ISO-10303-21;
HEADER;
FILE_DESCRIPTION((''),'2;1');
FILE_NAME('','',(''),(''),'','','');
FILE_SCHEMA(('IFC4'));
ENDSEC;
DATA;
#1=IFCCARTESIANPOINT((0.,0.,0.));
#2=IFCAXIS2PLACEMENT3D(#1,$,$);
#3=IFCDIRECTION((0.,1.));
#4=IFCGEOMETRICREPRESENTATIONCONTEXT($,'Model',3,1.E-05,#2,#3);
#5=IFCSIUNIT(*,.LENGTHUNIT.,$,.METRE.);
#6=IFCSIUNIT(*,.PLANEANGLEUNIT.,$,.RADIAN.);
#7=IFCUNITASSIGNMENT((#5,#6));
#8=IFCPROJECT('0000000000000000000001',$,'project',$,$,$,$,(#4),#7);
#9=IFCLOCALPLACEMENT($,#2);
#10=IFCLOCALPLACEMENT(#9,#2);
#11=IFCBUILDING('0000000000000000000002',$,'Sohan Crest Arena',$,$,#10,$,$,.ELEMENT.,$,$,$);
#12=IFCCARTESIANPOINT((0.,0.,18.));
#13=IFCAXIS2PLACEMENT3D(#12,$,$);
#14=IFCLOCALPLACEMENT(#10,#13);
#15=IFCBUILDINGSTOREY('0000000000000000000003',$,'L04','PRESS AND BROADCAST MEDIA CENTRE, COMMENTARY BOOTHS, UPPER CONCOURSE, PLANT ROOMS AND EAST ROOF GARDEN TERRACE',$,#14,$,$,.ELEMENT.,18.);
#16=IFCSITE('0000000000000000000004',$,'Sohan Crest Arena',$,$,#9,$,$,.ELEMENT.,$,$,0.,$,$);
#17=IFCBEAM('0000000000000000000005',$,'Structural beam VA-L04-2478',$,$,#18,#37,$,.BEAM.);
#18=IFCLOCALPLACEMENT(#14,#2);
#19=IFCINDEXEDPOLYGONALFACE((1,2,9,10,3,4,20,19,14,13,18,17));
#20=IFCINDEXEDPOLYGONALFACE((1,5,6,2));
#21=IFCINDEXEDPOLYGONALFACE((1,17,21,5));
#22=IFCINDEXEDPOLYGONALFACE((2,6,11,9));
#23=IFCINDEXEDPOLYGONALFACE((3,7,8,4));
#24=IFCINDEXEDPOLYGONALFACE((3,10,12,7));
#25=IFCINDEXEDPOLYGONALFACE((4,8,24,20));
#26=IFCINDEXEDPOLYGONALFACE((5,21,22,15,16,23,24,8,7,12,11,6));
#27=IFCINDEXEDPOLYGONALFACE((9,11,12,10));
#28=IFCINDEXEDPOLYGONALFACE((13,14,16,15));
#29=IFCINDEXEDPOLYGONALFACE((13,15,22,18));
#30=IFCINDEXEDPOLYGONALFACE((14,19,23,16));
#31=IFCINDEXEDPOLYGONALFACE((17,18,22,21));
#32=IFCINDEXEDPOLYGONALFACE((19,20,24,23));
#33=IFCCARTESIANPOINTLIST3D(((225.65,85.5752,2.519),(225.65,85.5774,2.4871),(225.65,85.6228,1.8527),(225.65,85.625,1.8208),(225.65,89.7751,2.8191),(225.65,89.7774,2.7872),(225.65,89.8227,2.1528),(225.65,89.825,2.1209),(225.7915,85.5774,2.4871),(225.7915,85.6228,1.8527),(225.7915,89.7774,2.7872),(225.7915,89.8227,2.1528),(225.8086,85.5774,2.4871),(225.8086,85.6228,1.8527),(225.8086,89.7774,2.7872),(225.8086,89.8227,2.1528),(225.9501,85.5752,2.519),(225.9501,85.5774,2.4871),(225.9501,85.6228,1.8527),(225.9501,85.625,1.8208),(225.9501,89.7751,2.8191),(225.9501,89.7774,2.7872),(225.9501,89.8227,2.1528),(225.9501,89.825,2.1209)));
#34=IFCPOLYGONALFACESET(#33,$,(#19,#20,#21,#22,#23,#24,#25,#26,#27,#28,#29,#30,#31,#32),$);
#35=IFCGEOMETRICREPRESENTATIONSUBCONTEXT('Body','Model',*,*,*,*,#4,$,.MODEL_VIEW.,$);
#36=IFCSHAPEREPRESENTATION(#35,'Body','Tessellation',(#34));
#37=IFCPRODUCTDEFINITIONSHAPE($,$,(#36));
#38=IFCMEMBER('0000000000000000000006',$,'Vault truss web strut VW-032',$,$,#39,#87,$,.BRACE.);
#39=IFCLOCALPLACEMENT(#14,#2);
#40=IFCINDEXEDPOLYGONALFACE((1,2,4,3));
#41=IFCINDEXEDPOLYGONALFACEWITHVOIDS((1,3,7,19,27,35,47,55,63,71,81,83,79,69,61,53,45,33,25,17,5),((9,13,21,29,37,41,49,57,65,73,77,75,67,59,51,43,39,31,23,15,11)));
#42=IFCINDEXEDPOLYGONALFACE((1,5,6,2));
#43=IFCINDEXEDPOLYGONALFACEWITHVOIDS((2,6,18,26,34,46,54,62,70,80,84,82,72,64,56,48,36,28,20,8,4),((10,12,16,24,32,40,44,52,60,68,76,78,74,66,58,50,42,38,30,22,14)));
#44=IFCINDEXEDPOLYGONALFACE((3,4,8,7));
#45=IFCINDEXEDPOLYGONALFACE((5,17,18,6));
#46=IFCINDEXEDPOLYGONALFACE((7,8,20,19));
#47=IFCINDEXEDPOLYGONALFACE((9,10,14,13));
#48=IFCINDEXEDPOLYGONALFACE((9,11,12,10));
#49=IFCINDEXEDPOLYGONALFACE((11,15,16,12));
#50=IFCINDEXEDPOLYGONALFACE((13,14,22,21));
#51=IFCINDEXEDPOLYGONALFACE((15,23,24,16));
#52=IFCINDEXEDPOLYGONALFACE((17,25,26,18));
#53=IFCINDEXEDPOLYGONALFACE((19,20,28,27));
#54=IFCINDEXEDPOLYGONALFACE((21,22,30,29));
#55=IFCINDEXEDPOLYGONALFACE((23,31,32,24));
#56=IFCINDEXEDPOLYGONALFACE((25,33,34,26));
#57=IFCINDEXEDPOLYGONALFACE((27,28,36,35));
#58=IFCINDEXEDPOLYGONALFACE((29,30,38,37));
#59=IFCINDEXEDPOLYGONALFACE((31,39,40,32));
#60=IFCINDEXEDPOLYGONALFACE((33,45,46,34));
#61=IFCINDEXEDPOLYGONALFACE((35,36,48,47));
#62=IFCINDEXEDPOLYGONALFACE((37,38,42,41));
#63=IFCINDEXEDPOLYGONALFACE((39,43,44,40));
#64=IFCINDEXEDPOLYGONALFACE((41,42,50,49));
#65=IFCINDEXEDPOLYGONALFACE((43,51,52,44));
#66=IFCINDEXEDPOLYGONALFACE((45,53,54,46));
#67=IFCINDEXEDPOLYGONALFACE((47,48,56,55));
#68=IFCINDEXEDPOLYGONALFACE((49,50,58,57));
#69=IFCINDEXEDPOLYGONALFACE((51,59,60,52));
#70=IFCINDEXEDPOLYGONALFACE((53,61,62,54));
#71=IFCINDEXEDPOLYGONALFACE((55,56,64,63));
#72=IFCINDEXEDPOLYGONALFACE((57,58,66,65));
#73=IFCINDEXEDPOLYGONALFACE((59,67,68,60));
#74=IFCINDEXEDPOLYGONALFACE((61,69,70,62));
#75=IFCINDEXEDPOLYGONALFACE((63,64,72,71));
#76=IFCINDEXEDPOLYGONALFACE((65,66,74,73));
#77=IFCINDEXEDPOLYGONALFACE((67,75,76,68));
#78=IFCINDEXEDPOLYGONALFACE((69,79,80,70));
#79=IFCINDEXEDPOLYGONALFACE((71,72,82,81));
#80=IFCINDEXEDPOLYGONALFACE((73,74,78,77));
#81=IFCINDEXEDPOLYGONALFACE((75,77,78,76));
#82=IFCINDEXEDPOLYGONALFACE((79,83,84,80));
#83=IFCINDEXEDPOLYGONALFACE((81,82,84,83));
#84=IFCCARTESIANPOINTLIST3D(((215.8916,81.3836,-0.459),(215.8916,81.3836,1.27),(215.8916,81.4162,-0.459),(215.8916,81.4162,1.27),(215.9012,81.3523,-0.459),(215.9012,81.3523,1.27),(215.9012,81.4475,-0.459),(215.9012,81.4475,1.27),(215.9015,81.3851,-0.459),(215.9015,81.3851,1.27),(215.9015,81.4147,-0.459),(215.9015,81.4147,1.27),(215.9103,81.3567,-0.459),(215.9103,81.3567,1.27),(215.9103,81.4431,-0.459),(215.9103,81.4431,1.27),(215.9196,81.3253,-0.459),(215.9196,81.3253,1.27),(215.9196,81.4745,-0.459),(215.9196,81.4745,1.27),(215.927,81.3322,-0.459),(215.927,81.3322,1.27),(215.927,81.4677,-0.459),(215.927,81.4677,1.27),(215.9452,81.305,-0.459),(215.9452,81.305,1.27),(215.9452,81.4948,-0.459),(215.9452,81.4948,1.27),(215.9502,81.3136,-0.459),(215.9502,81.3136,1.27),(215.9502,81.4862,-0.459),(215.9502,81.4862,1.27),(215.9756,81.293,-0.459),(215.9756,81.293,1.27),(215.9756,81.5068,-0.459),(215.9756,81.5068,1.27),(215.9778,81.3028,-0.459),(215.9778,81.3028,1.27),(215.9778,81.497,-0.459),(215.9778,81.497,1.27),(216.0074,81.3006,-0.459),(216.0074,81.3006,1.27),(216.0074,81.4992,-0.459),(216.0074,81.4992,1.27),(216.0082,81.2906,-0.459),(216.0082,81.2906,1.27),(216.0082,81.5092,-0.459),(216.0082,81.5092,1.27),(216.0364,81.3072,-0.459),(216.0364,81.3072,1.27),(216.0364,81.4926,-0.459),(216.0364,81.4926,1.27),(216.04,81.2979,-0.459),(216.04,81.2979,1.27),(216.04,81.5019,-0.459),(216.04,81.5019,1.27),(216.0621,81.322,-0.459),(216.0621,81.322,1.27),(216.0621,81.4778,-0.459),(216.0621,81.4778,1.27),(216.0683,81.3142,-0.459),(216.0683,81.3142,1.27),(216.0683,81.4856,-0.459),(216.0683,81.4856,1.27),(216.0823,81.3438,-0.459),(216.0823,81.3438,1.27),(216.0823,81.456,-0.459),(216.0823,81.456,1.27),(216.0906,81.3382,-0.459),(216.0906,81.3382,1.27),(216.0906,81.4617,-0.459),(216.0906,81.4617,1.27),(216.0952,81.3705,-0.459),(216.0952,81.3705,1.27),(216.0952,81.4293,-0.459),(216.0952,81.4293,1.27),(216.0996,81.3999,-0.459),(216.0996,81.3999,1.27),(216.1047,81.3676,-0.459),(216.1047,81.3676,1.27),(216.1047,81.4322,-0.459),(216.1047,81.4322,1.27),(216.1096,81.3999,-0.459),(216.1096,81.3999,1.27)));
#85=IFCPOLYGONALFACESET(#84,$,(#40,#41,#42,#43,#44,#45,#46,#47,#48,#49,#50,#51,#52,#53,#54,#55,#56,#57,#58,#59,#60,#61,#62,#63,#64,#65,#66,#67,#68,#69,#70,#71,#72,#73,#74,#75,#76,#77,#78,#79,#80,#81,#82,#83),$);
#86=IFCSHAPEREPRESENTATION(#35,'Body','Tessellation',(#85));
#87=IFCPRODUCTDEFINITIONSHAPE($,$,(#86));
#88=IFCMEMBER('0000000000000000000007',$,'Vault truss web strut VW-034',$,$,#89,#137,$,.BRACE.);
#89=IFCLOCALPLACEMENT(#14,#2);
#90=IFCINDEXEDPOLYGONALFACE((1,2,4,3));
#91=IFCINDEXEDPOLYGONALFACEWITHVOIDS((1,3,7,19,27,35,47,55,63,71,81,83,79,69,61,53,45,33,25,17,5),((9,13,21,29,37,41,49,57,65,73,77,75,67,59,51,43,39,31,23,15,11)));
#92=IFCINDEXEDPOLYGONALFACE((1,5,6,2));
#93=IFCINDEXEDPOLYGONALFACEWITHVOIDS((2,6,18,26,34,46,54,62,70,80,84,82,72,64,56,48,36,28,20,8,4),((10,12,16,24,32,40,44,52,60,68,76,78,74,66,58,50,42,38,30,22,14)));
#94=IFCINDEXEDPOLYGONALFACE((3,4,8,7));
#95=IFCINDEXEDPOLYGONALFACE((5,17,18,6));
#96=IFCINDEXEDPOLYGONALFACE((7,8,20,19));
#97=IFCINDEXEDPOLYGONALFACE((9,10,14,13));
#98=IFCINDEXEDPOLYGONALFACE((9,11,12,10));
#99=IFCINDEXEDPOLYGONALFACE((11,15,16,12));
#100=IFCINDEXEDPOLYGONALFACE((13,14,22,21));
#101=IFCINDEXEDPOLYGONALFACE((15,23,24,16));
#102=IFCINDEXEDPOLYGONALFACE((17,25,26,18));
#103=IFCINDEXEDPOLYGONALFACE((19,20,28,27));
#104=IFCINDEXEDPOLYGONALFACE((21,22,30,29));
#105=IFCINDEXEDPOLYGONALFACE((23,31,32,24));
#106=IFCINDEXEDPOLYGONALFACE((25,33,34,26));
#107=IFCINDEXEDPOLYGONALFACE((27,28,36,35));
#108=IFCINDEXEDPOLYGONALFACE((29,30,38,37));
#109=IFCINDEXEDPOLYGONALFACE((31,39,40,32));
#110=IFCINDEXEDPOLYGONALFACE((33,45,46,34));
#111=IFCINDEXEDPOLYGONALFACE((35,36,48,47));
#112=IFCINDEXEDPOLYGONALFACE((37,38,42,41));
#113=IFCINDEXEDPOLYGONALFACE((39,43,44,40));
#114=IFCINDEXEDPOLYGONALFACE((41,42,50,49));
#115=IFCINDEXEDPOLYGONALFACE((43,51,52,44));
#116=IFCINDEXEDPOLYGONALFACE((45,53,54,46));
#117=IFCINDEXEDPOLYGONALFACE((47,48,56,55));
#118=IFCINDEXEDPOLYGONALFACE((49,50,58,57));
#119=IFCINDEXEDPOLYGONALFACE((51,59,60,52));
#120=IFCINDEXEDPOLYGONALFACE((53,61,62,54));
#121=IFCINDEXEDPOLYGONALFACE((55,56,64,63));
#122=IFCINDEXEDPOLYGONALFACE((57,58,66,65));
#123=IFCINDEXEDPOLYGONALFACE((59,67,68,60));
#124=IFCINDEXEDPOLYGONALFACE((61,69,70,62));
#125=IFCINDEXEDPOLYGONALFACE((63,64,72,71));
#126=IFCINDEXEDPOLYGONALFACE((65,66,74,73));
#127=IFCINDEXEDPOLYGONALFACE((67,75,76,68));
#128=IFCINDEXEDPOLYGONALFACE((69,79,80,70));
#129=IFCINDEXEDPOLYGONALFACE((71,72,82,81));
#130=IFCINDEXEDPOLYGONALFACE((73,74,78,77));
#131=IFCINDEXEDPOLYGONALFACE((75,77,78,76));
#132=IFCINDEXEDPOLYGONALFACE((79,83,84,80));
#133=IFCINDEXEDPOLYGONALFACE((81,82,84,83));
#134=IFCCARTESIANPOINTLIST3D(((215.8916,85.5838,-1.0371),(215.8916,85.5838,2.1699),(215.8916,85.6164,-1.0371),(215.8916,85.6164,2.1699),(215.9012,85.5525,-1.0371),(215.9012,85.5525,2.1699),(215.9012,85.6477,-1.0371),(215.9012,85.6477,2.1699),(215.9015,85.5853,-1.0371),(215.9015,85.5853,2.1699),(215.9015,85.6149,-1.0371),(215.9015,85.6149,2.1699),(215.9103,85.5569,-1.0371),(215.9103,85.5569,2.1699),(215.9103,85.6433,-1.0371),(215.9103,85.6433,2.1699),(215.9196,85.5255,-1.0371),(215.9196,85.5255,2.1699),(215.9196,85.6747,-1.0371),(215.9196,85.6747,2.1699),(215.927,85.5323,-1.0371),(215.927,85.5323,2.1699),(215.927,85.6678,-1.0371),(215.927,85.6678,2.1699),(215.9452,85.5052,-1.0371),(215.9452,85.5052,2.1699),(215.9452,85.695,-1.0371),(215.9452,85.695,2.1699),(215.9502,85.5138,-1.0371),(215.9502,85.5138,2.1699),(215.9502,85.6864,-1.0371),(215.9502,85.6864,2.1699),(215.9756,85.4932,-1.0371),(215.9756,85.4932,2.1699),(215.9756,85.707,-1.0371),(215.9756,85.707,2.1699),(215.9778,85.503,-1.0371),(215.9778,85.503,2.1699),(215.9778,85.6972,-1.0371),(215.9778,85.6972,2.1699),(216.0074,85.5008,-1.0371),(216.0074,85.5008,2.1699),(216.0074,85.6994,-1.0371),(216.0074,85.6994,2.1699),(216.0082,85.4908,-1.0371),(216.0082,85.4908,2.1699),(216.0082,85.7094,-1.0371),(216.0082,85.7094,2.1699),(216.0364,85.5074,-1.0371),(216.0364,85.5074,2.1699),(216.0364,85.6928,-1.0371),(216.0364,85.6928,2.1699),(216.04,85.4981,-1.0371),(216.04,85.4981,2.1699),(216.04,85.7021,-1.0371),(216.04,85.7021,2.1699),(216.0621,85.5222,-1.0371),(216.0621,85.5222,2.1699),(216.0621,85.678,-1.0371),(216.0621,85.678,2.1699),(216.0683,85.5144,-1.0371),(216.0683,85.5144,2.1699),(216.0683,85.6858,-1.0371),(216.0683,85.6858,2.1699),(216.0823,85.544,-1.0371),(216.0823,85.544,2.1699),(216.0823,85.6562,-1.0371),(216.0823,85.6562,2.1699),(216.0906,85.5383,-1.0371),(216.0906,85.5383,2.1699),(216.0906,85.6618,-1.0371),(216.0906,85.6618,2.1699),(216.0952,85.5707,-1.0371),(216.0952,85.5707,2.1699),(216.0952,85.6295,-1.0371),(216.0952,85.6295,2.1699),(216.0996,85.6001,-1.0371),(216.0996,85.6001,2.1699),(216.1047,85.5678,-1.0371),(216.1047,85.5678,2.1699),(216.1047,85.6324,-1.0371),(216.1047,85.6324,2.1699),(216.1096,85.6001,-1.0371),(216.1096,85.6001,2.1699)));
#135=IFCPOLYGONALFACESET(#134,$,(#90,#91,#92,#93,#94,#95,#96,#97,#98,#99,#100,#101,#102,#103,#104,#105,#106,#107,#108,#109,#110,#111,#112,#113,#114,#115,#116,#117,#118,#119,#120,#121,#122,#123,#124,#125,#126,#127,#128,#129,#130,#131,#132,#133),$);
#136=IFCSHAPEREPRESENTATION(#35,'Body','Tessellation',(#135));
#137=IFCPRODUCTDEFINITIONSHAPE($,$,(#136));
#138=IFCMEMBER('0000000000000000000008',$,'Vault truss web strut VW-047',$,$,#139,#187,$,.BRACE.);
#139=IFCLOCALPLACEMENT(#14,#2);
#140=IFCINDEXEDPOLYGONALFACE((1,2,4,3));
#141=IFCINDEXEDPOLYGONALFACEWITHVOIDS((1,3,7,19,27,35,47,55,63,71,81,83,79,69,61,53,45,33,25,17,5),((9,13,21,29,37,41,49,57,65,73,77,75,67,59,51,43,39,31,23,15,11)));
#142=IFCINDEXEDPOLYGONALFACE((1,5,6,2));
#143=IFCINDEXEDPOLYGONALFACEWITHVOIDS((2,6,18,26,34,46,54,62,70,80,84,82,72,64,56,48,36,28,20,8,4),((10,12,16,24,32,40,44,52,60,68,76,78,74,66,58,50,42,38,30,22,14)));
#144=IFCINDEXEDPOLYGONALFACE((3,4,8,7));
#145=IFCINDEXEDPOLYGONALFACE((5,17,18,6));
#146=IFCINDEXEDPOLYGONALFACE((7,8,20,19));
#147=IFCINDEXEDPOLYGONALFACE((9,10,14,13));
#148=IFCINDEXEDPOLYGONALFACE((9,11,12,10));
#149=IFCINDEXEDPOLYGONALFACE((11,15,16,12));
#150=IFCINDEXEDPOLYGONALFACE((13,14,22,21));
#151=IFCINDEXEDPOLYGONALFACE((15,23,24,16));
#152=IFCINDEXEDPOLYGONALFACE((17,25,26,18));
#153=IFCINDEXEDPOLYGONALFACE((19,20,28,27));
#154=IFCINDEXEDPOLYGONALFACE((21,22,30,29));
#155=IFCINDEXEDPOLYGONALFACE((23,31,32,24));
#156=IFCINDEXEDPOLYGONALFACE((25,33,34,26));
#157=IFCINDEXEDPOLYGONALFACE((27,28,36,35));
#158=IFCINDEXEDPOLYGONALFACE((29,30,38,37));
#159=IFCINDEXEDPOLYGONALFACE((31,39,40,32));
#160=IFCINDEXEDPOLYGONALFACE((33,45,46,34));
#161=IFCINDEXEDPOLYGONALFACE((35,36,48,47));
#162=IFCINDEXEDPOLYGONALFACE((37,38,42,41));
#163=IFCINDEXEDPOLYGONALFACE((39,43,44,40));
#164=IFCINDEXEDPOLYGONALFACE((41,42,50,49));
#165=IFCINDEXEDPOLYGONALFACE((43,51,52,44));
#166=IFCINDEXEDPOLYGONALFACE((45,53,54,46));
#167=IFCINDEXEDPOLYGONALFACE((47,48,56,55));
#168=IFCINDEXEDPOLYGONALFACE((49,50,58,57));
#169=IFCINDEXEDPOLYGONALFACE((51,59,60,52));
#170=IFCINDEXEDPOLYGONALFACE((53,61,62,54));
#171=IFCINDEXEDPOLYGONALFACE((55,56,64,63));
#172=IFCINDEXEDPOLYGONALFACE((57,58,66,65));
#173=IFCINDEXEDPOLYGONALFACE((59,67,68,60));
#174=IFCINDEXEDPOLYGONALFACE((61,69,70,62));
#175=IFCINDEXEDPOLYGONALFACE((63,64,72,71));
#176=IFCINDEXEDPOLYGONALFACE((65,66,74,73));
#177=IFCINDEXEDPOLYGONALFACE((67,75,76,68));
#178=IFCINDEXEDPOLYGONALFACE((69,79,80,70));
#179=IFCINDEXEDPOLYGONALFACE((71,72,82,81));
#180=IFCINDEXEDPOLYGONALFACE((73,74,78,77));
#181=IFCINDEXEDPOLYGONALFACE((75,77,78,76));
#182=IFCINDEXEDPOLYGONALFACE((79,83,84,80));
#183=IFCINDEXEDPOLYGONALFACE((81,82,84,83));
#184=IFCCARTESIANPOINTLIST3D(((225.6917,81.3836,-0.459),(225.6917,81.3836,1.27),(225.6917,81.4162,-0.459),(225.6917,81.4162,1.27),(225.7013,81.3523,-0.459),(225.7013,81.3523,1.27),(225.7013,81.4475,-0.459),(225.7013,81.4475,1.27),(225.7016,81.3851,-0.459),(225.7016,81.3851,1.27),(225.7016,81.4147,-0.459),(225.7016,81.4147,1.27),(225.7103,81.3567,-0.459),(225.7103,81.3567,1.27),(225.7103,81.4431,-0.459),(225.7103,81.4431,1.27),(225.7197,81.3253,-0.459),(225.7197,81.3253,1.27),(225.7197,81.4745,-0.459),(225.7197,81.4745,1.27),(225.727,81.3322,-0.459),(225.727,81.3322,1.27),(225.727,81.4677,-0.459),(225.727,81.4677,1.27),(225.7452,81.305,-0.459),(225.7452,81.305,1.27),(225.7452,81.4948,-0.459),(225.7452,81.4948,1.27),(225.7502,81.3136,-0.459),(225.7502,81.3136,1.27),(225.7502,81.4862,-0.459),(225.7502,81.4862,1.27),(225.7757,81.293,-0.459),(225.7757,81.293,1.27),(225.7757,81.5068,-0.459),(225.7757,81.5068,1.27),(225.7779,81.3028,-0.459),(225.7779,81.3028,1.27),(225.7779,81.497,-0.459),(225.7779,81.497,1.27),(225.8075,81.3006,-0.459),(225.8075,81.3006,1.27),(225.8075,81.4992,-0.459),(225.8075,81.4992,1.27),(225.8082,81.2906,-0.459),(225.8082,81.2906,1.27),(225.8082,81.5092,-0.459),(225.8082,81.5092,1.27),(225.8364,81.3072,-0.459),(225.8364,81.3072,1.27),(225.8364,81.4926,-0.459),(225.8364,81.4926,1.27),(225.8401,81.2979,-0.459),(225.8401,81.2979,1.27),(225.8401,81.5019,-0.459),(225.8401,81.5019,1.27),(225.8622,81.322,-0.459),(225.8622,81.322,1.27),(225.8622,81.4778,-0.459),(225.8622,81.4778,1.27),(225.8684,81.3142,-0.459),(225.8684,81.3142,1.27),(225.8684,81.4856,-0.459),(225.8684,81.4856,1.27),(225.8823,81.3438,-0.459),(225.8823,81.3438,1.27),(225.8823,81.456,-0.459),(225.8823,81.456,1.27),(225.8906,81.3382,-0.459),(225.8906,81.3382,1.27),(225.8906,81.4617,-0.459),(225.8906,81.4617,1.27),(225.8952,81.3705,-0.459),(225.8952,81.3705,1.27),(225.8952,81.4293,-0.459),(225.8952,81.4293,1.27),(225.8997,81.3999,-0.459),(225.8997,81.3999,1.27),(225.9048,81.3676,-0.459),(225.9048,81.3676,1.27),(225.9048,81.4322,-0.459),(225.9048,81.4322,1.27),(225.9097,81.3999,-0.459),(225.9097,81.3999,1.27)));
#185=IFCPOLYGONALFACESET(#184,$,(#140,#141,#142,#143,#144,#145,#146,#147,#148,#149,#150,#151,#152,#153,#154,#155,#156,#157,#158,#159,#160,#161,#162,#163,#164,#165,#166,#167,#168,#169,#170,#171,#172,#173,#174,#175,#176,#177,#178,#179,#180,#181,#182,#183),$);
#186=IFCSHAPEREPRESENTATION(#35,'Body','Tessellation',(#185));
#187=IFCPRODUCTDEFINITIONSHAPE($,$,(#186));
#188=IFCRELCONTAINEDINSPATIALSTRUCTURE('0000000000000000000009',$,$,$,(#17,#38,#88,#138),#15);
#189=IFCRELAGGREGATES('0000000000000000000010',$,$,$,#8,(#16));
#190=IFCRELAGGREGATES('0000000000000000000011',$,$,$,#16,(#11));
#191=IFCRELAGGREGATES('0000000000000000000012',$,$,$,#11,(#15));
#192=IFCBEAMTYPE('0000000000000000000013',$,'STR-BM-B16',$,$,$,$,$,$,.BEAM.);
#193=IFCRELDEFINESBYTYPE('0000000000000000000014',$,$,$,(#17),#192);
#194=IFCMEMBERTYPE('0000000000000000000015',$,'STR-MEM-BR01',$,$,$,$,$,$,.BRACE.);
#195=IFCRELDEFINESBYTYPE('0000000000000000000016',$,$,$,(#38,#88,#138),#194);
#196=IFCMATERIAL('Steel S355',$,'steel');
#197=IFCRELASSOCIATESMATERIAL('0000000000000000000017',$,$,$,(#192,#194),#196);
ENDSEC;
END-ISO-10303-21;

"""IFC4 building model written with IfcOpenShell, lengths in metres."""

from ifc_helpers import new_model, si_unit, direction, frame, origin, origin_2d, place, context, subcontext, project, spatial, hollow_circle, i_section, extrude, material, material_profile, profile_set, type_object, element, save


model = new_model("IFC4")

# Units and contexts
model_context = context("Model", 3, precision=1e-05, world=origin(), true_north=direction((0.0, 1.0)))
body_context = subcontext(model_context, "Body", "Model", "MODEL_VIEW")
ifc_project = project(units=[si_unit("LENGTHUNIT", "METRE"), si_unit("PLANEANGLEUNIT", "RADIAN")], contexts=[model_context])

# Site, building, storey
site_placement = place(None, origin())
site = spatial("IfcSite", under=ifc_project, at=site_placement, Name="Sohan Crest Arena", CompositionType="ELEMENT", RefElevation=0.0)
building_placement = place(site_placement, origin())
building = spatial("IfcBuilding", under=site, at=building_placement, Name="Sohan Crest Arena", CompositionType="ELEMENT")
storey_placement = place(building_placement, frame((0.0, 0.0, 18.0)))
storey = spatial("IfcBuildingStorey", under=building, at=storey_placement, Name="L04", Description="PRESS AND BROADCAST MEDIA CENTRE, COMMENTARY BOOTHS, UPPER CONCOURSE, PLANT ROOMS AND EAST ROOF GARDEN TERRACE", CompositionType="ELEMENT", Elevation=18.0)

# Beam
ifc_material_1 = material(Name="Steel S355", Category="steel")
ifc_material_profile_1 = material_profile(ifc_material_1, i_section(OverallWidth=0.3, OverallDepth=0.7, WebThickness=0.0171, FlangeThickness=0.032, at=origin_2d()), Name="HEB 700")
ifc_profile_set_1 = profile_set([ifc_material_profile_1], Name="Steel S355")
beam_type_1 = type_object("IfcBeamType", Name="STR-BM-B16", PredefinedType="BEAM", material=ifc_profile_set_1)
beam_1_placement = place(storey_placement, frame((225.8, 85.6001, 2.1699), z_axis=(0.0, 0.997458, 0.071259), x_axis=(-1.0, 0.0, 0.0)))
element("IfcBeam", 1, at=beam_1_placement, inside=storey, type_object=beam_type_1, Name="Structural beam VA-L04-2478", PredefinedType="BEAM", context=body_context, shape_type="SweptSolid", body=[
    extrude(i_section(OverallWidth=0.3, OverallDepth=0.7, WebThickness=0.0171, FlangeThickness=0.032, at=origin_2d()), origin(), (0.0, 0.0, 1.0), 4.2107),
])

# Members
ifc_material_profile_2 = material_profile(ifc_material_1, hollow_circle(Radius=0.1096, WallThickness=0.01, at=origin_2d()), Name="CHS 219.1x10")
ifc_profile_set_2 = profile_set([ifc_material_profile_2], Name="Steel S355")
member_type_1 = type_object("IfcMemberType", Name="STR-MEM-BR01", PredefinedType="BRACE", material=ifc_profile_set_2)
member_1_placement = place(storey_placement, frame((216.0, 81.3999, -0.459), z_axis=(0.0, 0.0, 1.0), x_axis=(1.0, 0.0, 0.0)))
element("IfcMember", 2, at=member_1_placement, inside=storey, type_object=member_type_1, Name="Vault truss web strut VW-032", PredefinedType="BRACE", context=body_context, shape_type="SweptSolid", body=[
    extrude(hollow_circle(Radius=0.1096, WallThickness=0.01, at=origin_2d()), origin(), (0.0, 0.0, 1.0), 1.729),
])
member_2_placement = place(storey_placement, frame((216.0, 85.6001, -1.0371), z_axis=(0.0, 0.0, 1.0), x_axis=(1.0, 0.0, 0.0)))
element("IfcMember", 3, at=member_2_placement, inside=storey, type_object=member_type_1, Name="Vault truss web strut VW-034", PredefinedType="BRACE", context=body_context, shape_type="SweptSolid", body=[
    extrude(hollow_circle(Radius=0.1096, WallThickness=0.01, at=origin_2d()), origin(), (0.0, 0.0, 1.0), 3.207),
])
member_3_placement = place(storey_placement, frame((225.8, 81.3999, -0.459), z_axis=(0.0, 0.0, 1.0), x_axis=(1.0, 0.0, 0.0)))
element("IfcMember", 4, at=member_3_placement, inside=storey, type_object=member_type_1, Name="Vault truss web strut VW-047", PredefinedType="BRACE", context=body_context, shape_type="SweptSolid", body=[
    extrude(hollow_circle(Radius=0.1096, WallThickness=0.01, at=origin_2d()), origin(), (0.0, 0.0, 1.0), 1.729),
])

save(model, "model.ifc")
